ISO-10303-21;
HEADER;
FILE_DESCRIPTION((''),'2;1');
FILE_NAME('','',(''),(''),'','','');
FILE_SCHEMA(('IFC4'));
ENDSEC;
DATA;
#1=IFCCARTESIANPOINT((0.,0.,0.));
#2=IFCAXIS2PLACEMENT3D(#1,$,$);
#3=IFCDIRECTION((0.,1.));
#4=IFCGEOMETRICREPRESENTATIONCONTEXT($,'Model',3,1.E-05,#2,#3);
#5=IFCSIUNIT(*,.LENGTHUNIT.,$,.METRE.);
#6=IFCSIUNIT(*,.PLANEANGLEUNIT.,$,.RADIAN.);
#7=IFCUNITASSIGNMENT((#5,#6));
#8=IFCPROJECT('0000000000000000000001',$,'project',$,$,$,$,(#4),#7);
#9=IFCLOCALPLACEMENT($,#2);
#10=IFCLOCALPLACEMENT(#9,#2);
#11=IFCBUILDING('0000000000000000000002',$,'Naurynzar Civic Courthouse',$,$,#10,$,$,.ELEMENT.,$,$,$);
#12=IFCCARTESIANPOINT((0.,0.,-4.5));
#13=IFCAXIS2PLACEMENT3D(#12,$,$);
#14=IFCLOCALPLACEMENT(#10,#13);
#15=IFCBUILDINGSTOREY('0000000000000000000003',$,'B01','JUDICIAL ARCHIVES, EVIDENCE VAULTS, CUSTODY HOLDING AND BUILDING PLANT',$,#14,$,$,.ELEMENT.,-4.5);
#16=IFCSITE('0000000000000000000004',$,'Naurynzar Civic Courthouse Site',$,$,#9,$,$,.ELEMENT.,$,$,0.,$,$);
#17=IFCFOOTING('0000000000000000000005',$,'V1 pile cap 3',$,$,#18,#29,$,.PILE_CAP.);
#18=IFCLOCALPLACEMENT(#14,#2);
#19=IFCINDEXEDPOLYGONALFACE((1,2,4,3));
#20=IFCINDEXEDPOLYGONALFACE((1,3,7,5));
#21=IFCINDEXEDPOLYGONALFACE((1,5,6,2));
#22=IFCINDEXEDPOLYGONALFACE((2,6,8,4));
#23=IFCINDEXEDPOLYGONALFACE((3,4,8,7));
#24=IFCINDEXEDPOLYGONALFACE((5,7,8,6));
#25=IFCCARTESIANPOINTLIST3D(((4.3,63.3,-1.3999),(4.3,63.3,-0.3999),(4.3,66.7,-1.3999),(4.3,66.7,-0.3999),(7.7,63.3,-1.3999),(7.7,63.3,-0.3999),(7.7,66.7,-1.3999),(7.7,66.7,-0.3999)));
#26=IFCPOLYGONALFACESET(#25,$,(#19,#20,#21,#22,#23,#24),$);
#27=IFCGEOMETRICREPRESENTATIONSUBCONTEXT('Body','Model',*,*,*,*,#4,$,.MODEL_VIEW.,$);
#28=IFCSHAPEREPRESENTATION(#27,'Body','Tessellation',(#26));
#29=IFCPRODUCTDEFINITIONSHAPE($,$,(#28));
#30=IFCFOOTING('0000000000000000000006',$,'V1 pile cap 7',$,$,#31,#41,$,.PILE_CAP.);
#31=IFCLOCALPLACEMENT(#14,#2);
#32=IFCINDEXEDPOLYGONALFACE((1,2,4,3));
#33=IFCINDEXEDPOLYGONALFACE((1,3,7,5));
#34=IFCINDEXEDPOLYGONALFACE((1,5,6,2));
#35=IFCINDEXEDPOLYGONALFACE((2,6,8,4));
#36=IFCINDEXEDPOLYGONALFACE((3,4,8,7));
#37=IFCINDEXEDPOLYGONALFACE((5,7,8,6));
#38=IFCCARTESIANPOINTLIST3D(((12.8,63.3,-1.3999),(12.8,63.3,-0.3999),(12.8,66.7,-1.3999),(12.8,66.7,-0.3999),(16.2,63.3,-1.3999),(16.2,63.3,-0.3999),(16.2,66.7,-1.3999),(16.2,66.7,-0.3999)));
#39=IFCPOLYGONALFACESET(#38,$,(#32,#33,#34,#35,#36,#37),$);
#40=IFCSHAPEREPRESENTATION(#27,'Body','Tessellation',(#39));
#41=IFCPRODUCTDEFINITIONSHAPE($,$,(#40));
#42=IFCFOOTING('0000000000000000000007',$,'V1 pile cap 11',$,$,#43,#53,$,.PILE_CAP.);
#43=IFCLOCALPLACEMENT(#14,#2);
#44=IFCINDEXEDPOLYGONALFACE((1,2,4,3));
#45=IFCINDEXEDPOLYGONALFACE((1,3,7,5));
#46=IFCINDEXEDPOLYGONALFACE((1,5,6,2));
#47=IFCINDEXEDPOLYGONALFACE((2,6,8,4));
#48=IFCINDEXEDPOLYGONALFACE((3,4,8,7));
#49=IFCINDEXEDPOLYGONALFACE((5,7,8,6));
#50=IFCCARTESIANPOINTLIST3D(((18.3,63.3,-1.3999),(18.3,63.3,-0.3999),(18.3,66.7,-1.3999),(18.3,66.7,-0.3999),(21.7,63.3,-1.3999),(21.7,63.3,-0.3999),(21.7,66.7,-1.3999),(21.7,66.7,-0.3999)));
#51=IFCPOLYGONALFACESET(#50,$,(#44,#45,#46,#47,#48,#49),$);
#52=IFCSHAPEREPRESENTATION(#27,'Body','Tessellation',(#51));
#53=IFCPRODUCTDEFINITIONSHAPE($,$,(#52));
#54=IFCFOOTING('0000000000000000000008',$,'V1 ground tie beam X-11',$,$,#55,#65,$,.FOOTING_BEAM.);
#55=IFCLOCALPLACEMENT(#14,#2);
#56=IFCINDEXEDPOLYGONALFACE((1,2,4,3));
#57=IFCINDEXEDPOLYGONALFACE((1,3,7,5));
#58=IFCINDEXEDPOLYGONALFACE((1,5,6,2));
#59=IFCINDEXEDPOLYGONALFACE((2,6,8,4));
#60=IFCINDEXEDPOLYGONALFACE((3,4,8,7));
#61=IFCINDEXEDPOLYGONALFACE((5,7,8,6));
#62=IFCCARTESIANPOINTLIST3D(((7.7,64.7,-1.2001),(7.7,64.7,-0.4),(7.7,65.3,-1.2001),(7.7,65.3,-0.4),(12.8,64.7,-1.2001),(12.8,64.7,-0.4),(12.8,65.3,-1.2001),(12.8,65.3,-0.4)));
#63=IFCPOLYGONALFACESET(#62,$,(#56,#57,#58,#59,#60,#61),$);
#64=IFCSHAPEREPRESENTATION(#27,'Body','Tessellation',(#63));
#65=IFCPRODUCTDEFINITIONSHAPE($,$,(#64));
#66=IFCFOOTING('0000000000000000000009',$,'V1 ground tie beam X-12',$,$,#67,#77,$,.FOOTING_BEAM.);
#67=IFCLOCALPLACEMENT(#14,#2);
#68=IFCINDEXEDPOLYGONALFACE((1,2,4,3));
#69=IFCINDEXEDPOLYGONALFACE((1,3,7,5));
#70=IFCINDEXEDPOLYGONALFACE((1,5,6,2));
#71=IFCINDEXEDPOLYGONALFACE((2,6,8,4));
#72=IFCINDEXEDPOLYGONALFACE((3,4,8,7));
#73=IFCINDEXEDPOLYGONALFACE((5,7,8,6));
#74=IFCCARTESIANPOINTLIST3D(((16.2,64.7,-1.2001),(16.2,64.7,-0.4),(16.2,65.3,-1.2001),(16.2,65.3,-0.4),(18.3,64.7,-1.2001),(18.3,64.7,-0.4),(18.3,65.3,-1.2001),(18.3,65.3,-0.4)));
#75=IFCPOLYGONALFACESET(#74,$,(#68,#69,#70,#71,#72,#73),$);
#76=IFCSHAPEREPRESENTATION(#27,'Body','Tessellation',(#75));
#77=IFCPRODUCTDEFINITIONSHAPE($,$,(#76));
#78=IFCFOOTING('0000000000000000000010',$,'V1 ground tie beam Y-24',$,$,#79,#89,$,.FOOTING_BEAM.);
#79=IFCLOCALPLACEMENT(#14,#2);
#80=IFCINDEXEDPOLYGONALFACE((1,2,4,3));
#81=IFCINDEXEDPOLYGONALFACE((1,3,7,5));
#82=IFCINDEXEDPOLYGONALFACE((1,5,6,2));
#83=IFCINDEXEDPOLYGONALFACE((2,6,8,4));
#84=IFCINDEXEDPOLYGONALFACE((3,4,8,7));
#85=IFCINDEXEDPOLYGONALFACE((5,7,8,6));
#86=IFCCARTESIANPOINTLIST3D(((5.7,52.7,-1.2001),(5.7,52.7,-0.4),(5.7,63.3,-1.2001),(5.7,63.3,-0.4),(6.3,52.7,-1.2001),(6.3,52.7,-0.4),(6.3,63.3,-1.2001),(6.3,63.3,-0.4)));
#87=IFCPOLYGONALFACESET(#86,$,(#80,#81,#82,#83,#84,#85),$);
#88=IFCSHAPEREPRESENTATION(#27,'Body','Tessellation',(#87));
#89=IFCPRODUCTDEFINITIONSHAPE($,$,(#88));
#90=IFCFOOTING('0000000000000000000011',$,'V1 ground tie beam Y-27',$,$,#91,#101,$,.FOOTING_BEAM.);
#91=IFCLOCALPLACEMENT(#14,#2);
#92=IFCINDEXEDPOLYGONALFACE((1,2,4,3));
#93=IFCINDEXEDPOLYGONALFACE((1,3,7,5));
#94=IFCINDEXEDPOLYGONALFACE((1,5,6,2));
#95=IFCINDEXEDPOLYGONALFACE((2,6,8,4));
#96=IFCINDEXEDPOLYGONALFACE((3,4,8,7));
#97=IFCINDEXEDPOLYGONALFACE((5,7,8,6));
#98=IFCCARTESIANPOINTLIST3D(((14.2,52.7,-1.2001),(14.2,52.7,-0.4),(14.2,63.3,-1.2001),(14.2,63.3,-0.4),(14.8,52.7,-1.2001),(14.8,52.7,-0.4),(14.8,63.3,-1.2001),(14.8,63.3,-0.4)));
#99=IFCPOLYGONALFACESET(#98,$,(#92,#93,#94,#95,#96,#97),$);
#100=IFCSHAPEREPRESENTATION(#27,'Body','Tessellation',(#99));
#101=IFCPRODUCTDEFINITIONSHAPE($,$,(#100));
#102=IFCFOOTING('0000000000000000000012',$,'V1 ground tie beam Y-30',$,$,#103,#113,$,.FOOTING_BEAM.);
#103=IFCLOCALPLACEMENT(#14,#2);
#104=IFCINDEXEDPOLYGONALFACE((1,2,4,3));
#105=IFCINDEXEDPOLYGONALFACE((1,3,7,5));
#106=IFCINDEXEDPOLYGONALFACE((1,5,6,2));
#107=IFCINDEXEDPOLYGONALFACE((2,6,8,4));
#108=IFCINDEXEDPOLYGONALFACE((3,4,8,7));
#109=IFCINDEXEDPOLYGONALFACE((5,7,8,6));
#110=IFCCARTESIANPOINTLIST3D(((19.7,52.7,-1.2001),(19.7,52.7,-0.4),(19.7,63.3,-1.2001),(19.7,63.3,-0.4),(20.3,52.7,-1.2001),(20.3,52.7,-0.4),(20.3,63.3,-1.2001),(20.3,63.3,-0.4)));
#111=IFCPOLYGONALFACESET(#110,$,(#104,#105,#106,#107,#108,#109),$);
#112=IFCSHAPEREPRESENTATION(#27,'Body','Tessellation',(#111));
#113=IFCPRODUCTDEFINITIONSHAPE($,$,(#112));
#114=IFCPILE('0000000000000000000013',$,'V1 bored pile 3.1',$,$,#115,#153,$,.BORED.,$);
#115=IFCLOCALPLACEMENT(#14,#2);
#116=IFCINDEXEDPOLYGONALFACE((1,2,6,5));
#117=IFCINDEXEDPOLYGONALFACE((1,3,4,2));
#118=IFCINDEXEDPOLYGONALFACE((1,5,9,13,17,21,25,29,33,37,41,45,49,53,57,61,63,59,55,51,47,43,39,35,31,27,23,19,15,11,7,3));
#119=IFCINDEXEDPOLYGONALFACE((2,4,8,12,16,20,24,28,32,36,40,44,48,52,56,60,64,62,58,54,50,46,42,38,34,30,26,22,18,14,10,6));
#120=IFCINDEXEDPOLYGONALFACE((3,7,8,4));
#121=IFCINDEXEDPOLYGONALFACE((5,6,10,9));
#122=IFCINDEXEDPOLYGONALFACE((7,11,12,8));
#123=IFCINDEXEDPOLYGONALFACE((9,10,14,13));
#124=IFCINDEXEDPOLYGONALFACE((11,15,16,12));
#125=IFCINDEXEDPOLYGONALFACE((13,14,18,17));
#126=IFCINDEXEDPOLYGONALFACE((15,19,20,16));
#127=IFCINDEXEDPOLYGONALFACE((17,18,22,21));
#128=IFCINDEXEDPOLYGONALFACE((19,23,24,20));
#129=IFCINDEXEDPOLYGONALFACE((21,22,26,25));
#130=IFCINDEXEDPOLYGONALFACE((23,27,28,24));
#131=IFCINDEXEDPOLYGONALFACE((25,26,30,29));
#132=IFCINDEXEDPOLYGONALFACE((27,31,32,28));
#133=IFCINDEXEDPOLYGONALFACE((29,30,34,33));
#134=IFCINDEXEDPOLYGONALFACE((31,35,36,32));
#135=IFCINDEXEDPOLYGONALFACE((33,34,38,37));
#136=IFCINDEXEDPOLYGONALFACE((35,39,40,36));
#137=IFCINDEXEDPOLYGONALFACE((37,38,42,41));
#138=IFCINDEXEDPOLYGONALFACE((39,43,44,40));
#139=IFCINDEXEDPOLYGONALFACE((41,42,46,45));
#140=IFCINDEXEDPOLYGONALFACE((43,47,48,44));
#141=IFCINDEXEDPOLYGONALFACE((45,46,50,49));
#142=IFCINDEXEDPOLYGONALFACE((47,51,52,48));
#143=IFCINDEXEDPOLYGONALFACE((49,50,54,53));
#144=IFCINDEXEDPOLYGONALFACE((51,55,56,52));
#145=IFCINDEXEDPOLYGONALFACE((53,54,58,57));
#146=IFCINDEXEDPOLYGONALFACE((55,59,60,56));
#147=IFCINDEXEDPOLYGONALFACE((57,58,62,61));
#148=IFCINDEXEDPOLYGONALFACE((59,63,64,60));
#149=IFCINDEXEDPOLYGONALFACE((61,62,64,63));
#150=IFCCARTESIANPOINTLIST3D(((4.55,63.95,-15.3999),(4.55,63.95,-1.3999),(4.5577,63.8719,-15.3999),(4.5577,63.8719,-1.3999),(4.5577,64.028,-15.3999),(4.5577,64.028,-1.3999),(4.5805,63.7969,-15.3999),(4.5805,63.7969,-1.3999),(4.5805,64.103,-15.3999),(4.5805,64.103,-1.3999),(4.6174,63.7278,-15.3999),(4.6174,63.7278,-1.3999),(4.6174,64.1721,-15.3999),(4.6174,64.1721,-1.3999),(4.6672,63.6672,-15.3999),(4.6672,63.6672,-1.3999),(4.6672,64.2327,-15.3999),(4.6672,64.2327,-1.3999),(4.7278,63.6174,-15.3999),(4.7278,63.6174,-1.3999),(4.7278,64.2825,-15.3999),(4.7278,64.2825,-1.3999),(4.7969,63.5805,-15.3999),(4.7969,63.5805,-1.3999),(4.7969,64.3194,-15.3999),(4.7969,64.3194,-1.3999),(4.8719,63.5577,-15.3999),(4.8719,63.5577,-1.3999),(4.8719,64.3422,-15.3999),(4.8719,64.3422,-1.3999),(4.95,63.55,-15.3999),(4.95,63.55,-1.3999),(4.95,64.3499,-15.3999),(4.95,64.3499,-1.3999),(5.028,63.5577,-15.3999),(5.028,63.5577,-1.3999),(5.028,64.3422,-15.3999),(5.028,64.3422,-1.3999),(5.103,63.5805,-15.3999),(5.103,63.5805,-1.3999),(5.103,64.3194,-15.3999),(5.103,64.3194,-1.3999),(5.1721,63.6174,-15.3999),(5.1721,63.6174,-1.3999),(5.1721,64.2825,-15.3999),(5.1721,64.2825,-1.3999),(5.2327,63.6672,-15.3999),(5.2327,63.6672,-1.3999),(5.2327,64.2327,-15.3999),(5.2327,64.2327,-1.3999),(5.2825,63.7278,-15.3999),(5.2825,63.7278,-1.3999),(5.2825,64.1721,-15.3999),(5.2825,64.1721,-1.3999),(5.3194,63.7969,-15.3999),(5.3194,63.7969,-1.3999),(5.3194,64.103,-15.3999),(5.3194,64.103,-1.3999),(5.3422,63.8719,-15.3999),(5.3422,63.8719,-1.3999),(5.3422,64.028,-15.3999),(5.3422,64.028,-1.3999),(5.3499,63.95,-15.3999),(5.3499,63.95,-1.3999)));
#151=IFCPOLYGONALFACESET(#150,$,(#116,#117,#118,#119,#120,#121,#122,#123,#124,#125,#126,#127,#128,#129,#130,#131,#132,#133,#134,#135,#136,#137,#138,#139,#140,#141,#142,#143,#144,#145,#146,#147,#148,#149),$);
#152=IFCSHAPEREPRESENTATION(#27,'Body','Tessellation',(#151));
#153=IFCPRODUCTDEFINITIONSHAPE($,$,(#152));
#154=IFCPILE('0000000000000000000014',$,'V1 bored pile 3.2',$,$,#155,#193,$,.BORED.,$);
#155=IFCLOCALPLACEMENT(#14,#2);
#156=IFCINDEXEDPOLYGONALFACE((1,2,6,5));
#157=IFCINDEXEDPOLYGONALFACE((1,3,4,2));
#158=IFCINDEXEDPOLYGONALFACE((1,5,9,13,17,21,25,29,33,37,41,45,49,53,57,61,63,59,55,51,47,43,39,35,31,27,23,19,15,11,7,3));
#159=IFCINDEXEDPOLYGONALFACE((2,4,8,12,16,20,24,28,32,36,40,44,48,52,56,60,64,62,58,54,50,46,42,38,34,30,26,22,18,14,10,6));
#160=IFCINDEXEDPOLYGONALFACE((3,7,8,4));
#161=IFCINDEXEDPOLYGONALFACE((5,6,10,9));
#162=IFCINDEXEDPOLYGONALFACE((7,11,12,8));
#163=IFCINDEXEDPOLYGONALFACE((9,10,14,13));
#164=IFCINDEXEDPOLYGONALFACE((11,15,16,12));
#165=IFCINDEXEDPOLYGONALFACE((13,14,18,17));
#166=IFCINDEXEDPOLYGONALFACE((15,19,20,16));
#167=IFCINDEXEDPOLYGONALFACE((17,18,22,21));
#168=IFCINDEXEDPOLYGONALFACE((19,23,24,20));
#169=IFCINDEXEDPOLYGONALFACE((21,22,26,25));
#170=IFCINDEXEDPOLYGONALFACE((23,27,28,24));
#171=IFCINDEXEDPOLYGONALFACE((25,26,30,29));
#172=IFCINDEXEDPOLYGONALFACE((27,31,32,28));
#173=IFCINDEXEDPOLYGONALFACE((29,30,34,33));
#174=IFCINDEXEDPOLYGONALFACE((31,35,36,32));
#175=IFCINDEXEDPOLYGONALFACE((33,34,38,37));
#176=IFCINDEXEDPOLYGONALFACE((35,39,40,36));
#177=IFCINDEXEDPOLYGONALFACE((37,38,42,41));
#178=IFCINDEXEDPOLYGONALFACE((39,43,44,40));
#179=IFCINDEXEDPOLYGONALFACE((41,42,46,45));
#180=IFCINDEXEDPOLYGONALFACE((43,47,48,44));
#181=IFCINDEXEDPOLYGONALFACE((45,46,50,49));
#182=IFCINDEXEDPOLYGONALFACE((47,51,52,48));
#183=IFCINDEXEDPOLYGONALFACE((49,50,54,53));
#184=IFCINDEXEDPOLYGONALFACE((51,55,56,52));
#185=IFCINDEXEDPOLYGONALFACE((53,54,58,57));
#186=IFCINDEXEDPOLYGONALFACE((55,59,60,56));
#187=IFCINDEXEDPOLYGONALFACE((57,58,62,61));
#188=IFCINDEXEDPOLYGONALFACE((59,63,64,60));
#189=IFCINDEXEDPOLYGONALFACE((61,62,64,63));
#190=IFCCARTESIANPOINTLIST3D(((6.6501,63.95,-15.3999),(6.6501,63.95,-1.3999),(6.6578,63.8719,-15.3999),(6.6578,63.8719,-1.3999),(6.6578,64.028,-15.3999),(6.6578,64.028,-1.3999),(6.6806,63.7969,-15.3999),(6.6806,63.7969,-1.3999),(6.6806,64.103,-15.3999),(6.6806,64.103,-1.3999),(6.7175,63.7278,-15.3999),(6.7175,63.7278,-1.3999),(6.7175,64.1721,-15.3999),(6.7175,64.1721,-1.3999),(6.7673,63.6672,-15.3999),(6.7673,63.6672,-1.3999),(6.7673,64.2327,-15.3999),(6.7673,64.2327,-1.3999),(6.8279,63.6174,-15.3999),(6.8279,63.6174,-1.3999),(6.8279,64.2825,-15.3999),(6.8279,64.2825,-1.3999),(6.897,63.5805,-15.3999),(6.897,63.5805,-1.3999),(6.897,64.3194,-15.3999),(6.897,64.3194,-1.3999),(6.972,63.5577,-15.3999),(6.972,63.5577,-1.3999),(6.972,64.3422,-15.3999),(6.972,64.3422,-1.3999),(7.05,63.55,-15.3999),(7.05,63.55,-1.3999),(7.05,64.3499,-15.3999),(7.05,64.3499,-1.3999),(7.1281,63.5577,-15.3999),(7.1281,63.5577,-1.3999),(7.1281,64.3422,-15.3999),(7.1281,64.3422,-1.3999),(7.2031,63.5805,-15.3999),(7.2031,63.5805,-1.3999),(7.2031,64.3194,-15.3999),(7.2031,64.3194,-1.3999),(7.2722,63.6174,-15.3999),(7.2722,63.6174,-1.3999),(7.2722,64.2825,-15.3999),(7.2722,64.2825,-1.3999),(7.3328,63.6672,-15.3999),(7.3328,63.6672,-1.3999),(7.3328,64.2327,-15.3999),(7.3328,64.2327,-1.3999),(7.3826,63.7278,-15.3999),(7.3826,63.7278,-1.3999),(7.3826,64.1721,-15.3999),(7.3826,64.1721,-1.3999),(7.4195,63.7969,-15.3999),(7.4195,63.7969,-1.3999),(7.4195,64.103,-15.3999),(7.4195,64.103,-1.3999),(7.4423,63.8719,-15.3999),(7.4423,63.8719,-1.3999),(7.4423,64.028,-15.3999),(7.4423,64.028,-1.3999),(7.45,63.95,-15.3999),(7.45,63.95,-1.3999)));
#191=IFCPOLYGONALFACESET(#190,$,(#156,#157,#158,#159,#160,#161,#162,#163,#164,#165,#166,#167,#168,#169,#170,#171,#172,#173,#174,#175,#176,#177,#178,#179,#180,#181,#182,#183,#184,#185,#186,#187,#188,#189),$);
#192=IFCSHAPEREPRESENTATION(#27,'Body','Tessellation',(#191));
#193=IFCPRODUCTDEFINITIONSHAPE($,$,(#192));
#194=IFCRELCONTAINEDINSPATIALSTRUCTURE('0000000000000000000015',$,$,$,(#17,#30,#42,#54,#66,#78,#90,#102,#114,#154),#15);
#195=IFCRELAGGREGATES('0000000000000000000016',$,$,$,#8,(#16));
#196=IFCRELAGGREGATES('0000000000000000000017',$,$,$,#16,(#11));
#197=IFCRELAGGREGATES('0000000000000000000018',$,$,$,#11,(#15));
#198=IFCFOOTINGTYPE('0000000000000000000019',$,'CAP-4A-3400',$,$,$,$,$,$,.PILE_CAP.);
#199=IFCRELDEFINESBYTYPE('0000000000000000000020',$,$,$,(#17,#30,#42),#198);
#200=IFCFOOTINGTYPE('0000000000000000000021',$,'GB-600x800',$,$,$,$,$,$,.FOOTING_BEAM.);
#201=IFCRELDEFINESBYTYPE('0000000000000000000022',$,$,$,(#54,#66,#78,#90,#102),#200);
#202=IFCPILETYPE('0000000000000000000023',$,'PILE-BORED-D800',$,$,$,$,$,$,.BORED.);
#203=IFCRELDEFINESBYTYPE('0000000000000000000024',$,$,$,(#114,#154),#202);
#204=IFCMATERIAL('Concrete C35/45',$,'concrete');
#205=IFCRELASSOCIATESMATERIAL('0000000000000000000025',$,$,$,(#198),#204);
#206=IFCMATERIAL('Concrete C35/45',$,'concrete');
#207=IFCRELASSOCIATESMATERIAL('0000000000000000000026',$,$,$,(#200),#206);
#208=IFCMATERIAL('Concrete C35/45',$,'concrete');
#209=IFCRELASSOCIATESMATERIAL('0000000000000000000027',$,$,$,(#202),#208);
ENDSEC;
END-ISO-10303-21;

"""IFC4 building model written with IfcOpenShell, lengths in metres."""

from ifc_helpers import new_model, si_unit, direction, frame, origin, origin_2d, place, context, subcontext, project, spatial, rectangle, circle, extrude, material, material_profile, profile_set, type_object, element, save


model = new_model("IFC4")

# Units and contexts
model_context = context("Model", 3, precision=1e-05, world=origin(), true_north=direction((0.0, 1.0)))
body_context = subcontext(model_context, "Body", "Model", "MODEL_VIEW")
ifc_project = project(units=[si_unit("LENGTHUNIT", "METRE"), si_unit("PLANEANGLEUNIT", "RADIAN")], contexts=[model_context])

# Site, building, storey
site_placement = place(None, origin())
site = spatial("IfcSite", under=ifc_project, at=site_placement, Name="Naurynzar Civic Courthouse Site", CompositionType="ELEMENT", RefElevation=0.0)
building_placement = place(site_placement, origin())
building = spatial("IfcBuilding", under=site, at=building_placement, Name="Naurynzar Civic Courthouse", CompositionType="ELEMENT")
storey_placement = place(building_placement, frame((0.0, 0.0, -4.5)))
storey = spatial("IfcBuildingStorey", under=building, at=storey_placement, Name="B01", Description="JUDICIAL ARCHIVES, EVIDENCE VAULTS, CUSTODY HOLDING AND BUILDING PLANT", CompositionType="ELEMENT", Elevation=-4.5)

# Footings
ifc_material_1 = material(Name="Concrete C35/45", Category="concrete")
footing_type_1 = type_object("IfcFootingType", Name="CAP-4A-3400", PredefinedType="PILE_CAP", material=ifc_material_1)
for number, where, z_axis, x_axis, name in (
    (1, (6.0, 65.0, -1.3999), (0.0, 0.0, 1.0), (1.0, 0.0, 0.0), "V1 pile cap 3"),
    (2, (14.5, 65.0, -1.3999), (0.0, 0.0, 1.0), (1.0, 0.0, 0.0), "V1 pile cap 7"),
    (3, (20.0, 65.0, -1.3999), (0.0, 0.0, 1.0), (1.0, 0.0, 0.0), "V1 pile cap 11"),
):
    element("IfcFooting", number, at=place(storey_placement, frame(where, z_axis=z_axis, x_axis=x_axis)), inside=storey, type_object=footing_type_1, Name=name, PredefinedType="PILE_CAP", context=body_context, shape_type="SweptSolid", body=[
        extrude(rectangle(XDim=3.3999, YDim=3.3999, at=origin_2d()), origin(), (0.0, 0.0, 1.0), 1.0),
    ])
ifc_material_2 = material(Name="Concrete C35/45", Category="concrete")
ifc_material_profile_1 = material_profile(ifc_material_2, rectangle(XDim=0.6001, YDim=0.8, at=origin_2d()), Name="GB 600x800")
ifc_profile_set_1 = profile_set([ifc_material_profile_1], Name="Concrete C35/45")
footing_type_2 = type_object("IfcFootingType", Name="GB-600x800", PredefinedType="FOOTING_BEAM", material=ifc_profile_set_1)
footing_1_placement = place(storey_placement, frame((7.7, 65.0, -0.8), z_axis=(1.0, 0.0, 0.0), x_axis=(0.0, 1.0, 0.0)))
element("IfcFooting", 4, at=footing_1_placement, inside=storey, type_object=footing_type_2, Name="V1 ground tie beam X-11", PredefinedType="FOOTING_BEAM", context=body_context, shape_type="SweptSolid", body=[
    extrude(rectangle(XDim=0.6001, YDim=0.8, at=origin_2d()), origin(), (0.0, 0.0, 1.0), 5.1001),
])
footing_2_placement = place(storey_placement, frame((16.2, 65.0, -0.8), z_axis=(1.0, 0.0, 0.0), x_axis=(0.0, 1.0, 0.0)))
element("IfcFooting", 5, at=footing_2_placement, inside=storey, type_object=footing_type_2, Name="V1 ground tie beam X-12", PredefinedType="FOOTING_BEAM", context=body_context, shape_type="SweptSolid", body=[
    extrude(rectangle(XDim=0.6001, YDim=0.8, at=origin_2d()), origin(), (0.0, 0.0, 1.0), 2.1001),
])
for number, where, z_axis, x_axis, name in (
    (6, (6.0, 52.7, -0.8), (0.0, 1.0, 0.0), (-1.0, 0.0, 0.0), "V1 ground tie beam Y-24"),
    (7, (14.5, 52.7, -0.8), (0.0, 1.0, 0.0), (-1.0, 0.0, 0.0), "V1 ground tie beam Y-27"),
    (8, (20.0, 52.7, -0.8), (0.0, 1.0, 0.0), (-1.0, 0.0, 0.0), "V1 ground tie beam Y-30"),
):
    element("IfcFooting", number, at=place(storey_placement, frame(where, z_axis=z_axis, x_axis=x_axis)), inside=storey, type_object=footing_type_2, Name=name, PredefinedType="FOOTING_BEAM", context=body_context, shape_type="SweptSolid", body=[
        extrude(rectangle(XDim=0.6001, YDim=0.8, at=origin_2d()), origin(), (0.0, 0.0, 1.0), 10.6001),
    ])

# Piles
ifc_material_3 = material(Name="Concrete C35/45", Category="concrete")
ifc_material_profile_2 = material_profile(ifc_material_3, circle(Radius=0.3999, at=origin_2d()), Name="PILE D800")
ifc_profile_set_2 = profile_set([ifc_material_profile_2], Name="Concrete C35/45")
pile_type = type_object("IfcPileType", Name="PILE-BORED-D800", PredefinedType="BORED", material=ifc_profile_set_2)
for number, where, z_axis, x_axis, name in (
    (9, (4.95, 63.95, -1.3999), (0.0, 0.0, -1.0), (1.0, 0.0, 0.0), "V1 bored pile 3.1"),
    (10, (7.05, 63.95, -1.3999), (0.0, 0.0, -1.0), (1.0, 0.0, 0.0), "V1 bored pile 3.2"),
):
    element("IfcPile", number, at=place(storey_placement, frame(where, z_axis=z_axis, x_axis=x_axis)), inside=storey, type_object=pile_type, Name=name, PredefinedType="BORED", context=body_context, shape_type="SweptSolid", body=[
        extrude(circle(Radius=0.3999, at=origin_2d()), origin(), (0.0, 0.0, 1.0), 14.0),
    ])

save(model, "model.ifc")
